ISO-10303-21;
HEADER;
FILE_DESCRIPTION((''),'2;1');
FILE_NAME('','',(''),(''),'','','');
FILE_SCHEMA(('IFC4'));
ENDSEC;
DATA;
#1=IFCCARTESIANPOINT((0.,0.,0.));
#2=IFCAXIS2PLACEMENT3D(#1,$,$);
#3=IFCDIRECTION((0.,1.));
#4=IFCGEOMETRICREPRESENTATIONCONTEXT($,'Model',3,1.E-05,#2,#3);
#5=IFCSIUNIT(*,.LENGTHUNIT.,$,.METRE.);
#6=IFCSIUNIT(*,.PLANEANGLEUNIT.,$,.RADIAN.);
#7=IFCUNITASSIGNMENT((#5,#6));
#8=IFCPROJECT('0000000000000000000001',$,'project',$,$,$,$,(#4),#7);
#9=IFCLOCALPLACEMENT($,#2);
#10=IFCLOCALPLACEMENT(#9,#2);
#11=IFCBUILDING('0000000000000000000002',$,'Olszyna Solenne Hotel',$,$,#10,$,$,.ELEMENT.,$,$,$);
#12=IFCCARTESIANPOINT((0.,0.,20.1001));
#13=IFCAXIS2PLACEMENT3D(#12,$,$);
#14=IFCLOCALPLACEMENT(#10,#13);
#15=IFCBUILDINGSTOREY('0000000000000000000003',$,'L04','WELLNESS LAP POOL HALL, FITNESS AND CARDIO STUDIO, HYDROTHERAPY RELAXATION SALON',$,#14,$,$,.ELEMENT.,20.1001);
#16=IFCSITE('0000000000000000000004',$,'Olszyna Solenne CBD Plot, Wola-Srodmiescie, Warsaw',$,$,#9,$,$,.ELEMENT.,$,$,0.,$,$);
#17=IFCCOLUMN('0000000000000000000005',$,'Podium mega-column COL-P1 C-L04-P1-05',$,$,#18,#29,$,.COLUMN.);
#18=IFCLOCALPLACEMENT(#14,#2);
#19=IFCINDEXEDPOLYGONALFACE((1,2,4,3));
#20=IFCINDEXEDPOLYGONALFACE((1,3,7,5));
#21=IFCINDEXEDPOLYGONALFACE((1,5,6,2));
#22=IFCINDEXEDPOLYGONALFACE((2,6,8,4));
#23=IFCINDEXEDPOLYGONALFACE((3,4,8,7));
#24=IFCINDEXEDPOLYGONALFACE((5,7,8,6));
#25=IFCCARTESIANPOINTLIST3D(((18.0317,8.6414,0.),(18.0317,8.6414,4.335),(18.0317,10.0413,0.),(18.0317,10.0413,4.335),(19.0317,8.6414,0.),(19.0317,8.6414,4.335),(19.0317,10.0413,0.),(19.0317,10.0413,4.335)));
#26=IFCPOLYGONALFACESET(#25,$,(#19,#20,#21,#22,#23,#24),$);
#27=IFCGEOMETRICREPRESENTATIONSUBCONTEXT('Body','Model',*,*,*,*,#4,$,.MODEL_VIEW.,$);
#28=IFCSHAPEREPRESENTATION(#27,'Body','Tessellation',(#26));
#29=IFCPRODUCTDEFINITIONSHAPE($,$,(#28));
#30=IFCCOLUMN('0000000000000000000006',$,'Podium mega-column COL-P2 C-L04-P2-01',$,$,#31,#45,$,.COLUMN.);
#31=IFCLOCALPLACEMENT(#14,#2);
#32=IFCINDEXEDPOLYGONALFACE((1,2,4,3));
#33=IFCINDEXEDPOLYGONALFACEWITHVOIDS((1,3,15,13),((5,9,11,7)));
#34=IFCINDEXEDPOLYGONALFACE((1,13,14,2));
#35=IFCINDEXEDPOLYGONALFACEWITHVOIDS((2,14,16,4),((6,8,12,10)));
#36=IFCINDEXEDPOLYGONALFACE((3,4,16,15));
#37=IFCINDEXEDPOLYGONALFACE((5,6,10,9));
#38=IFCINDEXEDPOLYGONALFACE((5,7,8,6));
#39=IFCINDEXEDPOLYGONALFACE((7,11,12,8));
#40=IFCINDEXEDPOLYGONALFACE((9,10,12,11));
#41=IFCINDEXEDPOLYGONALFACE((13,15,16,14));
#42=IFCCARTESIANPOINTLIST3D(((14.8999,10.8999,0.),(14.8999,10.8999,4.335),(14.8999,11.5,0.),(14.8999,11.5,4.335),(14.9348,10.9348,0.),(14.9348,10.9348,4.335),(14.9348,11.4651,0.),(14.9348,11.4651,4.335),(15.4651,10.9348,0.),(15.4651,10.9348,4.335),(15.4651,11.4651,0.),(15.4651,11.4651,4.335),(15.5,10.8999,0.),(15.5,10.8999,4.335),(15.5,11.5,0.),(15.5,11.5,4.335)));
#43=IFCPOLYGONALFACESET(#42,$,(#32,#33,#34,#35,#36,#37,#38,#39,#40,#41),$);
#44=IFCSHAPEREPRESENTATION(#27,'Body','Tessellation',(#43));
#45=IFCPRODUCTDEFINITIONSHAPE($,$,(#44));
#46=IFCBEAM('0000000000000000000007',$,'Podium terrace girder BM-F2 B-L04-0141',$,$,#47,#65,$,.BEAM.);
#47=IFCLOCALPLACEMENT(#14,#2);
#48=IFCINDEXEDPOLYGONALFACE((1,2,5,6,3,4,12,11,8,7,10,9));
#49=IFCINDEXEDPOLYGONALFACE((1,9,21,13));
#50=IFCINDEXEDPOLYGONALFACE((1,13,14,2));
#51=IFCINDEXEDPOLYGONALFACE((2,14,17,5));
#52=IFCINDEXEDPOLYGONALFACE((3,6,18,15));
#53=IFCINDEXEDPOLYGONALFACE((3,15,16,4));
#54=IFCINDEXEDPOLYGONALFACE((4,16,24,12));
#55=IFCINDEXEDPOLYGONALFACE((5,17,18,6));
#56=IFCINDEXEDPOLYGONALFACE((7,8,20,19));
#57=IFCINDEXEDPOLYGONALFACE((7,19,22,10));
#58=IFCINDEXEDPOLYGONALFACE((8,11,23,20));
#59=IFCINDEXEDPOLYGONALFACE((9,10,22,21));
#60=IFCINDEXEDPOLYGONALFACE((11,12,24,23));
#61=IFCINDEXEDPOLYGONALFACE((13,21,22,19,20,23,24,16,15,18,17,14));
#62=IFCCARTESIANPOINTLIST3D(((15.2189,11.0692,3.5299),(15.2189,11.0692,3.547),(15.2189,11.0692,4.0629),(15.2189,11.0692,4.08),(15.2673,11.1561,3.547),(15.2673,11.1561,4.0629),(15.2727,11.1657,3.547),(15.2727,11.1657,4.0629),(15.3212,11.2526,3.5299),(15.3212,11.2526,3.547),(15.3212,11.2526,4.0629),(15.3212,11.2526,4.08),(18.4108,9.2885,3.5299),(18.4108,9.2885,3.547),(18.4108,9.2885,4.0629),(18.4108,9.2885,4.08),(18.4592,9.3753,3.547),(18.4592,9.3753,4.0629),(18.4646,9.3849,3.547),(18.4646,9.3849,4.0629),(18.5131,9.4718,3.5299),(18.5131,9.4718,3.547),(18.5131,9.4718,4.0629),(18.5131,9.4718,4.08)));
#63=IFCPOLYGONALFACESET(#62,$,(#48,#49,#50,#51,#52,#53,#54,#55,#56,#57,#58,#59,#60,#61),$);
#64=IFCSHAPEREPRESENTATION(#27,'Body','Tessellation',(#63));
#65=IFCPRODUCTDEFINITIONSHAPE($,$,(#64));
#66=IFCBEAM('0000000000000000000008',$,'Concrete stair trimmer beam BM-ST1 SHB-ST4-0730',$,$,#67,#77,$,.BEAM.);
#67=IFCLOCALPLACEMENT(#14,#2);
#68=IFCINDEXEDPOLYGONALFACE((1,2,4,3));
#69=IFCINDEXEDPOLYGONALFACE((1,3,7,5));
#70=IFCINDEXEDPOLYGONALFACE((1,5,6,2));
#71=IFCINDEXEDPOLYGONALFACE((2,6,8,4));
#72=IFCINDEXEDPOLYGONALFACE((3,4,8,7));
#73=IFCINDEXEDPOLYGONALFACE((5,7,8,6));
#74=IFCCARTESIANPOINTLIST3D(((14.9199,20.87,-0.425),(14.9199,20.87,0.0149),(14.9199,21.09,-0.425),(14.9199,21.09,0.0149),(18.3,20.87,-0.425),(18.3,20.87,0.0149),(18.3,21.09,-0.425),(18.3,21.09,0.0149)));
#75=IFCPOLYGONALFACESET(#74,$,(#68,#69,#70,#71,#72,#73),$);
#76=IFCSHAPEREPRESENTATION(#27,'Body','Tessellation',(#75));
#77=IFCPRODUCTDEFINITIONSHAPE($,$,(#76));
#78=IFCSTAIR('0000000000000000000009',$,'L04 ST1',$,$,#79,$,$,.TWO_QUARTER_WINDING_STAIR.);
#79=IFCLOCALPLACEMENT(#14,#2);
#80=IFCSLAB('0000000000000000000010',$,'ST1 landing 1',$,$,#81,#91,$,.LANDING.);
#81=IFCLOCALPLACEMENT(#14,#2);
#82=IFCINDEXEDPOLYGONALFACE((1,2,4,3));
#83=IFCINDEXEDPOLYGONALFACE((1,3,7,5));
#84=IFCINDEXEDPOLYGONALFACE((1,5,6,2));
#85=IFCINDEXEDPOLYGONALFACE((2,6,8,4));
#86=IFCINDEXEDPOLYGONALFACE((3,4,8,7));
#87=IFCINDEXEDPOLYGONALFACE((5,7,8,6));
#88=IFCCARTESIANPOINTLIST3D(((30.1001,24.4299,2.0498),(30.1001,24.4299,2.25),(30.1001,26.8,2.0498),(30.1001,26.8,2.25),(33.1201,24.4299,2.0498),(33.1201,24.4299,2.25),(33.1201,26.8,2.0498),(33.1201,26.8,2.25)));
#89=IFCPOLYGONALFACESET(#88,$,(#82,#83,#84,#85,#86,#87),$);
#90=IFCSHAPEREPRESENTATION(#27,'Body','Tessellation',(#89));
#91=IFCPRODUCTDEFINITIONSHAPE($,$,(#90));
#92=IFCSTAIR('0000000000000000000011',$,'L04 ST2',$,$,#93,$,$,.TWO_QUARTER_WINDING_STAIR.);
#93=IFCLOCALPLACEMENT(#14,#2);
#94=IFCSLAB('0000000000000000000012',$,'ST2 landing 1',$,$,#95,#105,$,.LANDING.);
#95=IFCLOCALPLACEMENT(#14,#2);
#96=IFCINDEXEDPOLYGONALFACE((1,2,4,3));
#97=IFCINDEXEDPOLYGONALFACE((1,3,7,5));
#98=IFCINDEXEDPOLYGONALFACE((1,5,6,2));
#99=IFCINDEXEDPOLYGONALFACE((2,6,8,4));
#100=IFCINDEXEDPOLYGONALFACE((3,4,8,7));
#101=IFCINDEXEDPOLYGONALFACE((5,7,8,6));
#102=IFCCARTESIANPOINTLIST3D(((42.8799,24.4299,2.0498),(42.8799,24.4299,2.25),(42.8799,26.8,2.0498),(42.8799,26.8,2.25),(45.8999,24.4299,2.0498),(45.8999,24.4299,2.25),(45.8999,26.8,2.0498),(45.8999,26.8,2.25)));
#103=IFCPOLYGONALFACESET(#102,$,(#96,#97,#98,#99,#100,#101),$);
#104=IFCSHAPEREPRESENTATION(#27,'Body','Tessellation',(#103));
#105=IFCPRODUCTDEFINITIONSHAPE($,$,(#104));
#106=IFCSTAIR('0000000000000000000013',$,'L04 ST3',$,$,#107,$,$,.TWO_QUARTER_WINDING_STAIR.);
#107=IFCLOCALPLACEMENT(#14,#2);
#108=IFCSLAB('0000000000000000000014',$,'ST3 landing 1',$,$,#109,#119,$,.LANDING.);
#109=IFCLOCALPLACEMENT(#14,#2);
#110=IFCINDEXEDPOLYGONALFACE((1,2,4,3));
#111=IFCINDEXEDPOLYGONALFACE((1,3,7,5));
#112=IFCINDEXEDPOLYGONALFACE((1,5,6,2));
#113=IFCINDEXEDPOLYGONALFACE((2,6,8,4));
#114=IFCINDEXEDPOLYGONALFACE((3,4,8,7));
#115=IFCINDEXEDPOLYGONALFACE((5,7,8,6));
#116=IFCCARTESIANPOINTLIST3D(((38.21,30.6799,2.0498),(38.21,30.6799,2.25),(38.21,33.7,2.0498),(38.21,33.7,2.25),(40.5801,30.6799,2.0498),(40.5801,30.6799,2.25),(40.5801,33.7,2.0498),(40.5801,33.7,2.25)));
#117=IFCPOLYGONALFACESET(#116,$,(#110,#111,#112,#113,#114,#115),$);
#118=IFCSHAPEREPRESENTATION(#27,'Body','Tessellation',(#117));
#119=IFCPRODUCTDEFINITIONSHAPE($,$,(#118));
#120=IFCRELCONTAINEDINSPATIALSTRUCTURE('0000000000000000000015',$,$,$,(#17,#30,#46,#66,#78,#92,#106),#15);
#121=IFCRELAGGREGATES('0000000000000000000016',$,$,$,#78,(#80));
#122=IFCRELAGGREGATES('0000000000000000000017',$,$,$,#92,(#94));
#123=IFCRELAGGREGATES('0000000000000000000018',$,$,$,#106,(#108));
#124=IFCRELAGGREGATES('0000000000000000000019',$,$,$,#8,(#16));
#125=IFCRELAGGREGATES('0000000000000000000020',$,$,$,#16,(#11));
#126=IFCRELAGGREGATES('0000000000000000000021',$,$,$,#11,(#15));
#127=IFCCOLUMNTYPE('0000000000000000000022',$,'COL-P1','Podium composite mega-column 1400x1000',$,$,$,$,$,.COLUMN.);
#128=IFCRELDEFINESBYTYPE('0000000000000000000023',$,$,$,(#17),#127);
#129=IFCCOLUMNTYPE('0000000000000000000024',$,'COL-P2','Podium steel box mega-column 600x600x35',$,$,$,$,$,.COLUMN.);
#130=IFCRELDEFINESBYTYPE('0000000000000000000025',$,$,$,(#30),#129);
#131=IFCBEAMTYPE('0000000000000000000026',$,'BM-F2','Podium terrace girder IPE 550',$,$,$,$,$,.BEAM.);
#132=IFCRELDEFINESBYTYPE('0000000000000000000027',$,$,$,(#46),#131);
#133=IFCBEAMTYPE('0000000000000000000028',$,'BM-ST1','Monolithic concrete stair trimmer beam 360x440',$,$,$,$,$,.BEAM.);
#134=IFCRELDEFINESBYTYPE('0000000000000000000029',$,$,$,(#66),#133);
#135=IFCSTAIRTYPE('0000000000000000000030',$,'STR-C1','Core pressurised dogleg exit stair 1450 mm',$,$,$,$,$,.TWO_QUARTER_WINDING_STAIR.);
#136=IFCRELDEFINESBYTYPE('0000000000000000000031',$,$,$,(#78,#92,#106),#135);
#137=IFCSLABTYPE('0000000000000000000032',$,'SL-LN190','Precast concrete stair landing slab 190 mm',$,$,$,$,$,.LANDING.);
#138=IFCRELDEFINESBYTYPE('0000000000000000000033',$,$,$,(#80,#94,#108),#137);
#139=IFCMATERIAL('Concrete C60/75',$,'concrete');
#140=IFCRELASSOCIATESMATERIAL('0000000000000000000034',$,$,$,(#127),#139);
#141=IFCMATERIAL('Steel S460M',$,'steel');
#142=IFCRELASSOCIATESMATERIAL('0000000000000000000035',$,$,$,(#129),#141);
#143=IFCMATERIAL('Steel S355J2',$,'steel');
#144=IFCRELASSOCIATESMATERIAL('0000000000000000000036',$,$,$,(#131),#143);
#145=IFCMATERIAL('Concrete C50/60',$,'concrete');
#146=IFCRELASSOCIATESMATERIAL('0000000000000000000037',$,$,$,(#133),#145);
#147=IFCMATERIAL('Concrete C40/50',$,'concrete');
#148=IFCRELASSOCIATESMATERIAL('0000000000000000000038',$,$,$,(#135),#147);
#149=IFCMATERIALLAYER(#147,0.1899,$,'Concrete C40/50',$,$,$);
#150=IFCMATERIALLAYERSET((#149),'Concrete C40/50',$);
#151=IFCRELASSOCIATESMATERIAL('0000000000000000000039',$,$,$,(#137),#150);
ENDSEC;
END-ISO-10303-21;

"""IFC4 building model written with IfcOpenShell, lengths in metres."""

from ifc_helpers import new_model, si_unit, direction, frame, origin, origin_2d, place, context, subcontext, project, spatial, polyline, rectangle, hollow_rectangle, i_section, outline, extrude, source, transform, mapped, material, layer, layer_set, material_profile, profile_set, type_object, element, aggregate, save


model = new_model("IFC4")

# Units and contexts
model_context = context("Model", 3, precision=1e-05, world=origin(), true_north=direction((0.0, 1.0)))
body_context = subcontext(model_context, "Body", "Model", "MODEL_VIEW")
ifc_project = project(units=[si_unit("LENGTHUNIT", "METRE"), si_unit("PLANEANGLEUNIT", "RADIAN")], contexts=[model_context])

# Site, building, storey
site_placement = place(None, origin())
site = spatial("IfcSite", under=ifc_project, at=site_placement, Name="Olszyna Solenne CBD Plot, Wola-Srodmiescie, Warsaw", CompositionType="ELEMENT", RefElevation=0.0)
building_placement = place(site_placement, origin())
building = spatial("IfcBuilding", under=site, at=building_placement, Name="Olszyna Solenne Hotel", CompositionType="ELEMENT")
storey_placement = place(building_placement, frame((0.0, 0.0, 20.1001)))
storey = spatial("IfcBuildingStorey", under=building, at=storey_placement, Name="L04", Description="WELLNESS LAP POOL HALL, FITNESS AND CARDIO STUDIO, HYDROTHERAPY RELAXATION SALON", CompositionType="ELEMENT", Elevation=20.1001)

# Columns
ifc_material_1 = material(Name="Concrete C60/75", Category="concrete")
ifc_material_profile_1 = material_profile(ifc_material_1, rectangle(XDim=1.0, YDim=1.3999, at=origin_2d()), Name="RC 1400x1000", Category="load-bearing")
ifc_profile_set_1 = profile_set([ifc_material_profile_1], Name="Concrete C60/75")
column_type_1 = type_object("IfcColumnType", Name="COL-P1", Description="Podium composite mega-column 1400x1000", PredefinedType="COLUMN", material=ifc_profile_set_1)
shared_shape_1 = source(origin(), body_context, "Body", "SweptSolid", [
    extrude(rectangle(XDim=1.0, YDim=1.3999, at=origin_2d()), origin(), (0.0, 0.0, 1.0), 4.335),
])
column_1_placement = place(storey_placement, frame((18.5317, 9.3413, 0.0), z_axis=(0.0, 0.0, 1.0), x_axis=(1.0, 0.0, 0.0)))
element("IfcColumn", 1, at=column_1_placement, inside=storey, type_object=column_type_1, Name="Podium mega-column COL-P1 C-L04-P1-05", PredefinedType="COLUMN", context=body_context, shape_type="MappedRepresentation", body=[
    mapped(shared_shape_1, transform((0.0, 0.0, 0.0), x_axis=(1.0, 0.0, 0.0), y_axis=(0.0, 1.0, 0.0), z_axis=(0.0, 0.0, 1.0), scale=1.0)),
])
ifc_material_2 = material(Name="Steel S460M", Category="steel")
ifc_material_profile_2 = material_profile(ifc_material_2, hollow_rectangle(XDim=0.6001, YDim=0.6001, WallThickness=0.0349, at=origin_2d()), Name="SHS 600x600x35", Category="load-bearing")
ifc_profile_set_2 = profile_set([ifc_material_profile_2], Name="Steel S460M")
column_type_2 = type_object("IfcColumnType", Name="COL-P2", Description="Podium steel box mega-column 600x600x35", PredefinedType="COLUMN", material=ifc_profile_set_2)
shared_shape_2 = source(origin(), body_context, "Body", "SweptSolid", [
    extrude(hollow_rectangle(XDim=0.6001, YDim=0.6001, WallThickness=0.0349, at=origin_2d()), origin(), (0.0, 0.0, 1.0), 4.335),
])
column_2_placement = place(storey_placement, frame((15.2, 11.2, 0.0), z_axis=(0.0, 0.0, 1.0), x_axis=(1.0, 0.0, 0.0)))
element("IfcColumn", 2, at=column_2_placement, inside=storey, type_object=column_type_2, Name="Podium mega-column COL-P2 C-L04-P2-01", PredefinedType="COLUMN", context=body_context, shape_type="MappedRepresentation", body=[
    mapped(shared_shape_2, transform((0.0, 0.0, 0.0), x_axis=(1.0, 0.0, 0.0), y_axis=(0.0, 1.0, 0.0), z_axis=(0.0, 0.0, 1.0), scale=1.0)),
])

# Beams
ifc_material_3 = material(Name="Steel S355J2", Category="steel")
ifc_material_profile_3 = material_profile(ifc_material_3, i_section(OverallWidth=0.21, OverallDepth=0.55, WebThickness=0.011, FlangeThickness=0.0171, at=origin_2d()), Name="IPE 550", Category="load-bearing")
ifc_profile_set_3 = profile_set([ifc_material_profile_3], Name="Steel S355J2")
beam_type_1 = type_object("IfcBeamType", Name="BM-F2", Description="Podium terrace girder IPE 550", PredefinedType="BEAM", material=ifc_profile_set_3)
shared_shape_3 = source(origin(), body_context, "Body", "SweptSolid", [
    extrude(i_section(OverallWidth=0.21, OverallDepth=0.55, WebThickness=0.011, FlangeThickness=0.0171, at=origin_2d()), origin(), (0.0, 0.0, 1.0), 3.655),
])
beam_1_placement = place(storey_placement, frame((15.27, 11.1609, 3.8049), z_axis=(0.873286, -0.487207, 0.0), x_axis=(0.487207, 0.873286, 0.0)))
element("IfcBeam", 3, at=beam_1_placement, inside=storey, type_object=beam_type_1, Name="Podium terrace girder BM-F2 B-L04-0141", PredefinedType="BEAM", context=body_context, shape_type="MappedRepresentation", body=[
    mapped(shared_shape_3, transform((0.0, 0.0, 0.0), x_axis=(1.0, 0.0, 0.0), y_axis=(0.0, 1.0, 0.0), z_axis=(0.0, 0.0, 1.0), scale=1.0)),
])
ifc_material_4 = material(Name="Concrete C50/60", Category="concrete")
ifc_material_profile_4 = material_profile(ifc_material_4, rectangle(XDim=0.22, YDim=0.4399, at=origin_2d()), Name="RC 220x440", Category="load-bearing")
ifc_profile_set_4 = profile_set([ifc_material_profile_4], Name="Concrete C50/60")
beam_type_2 = type_object("IfcBeamType", Name="BM-ST1", Description="Monolithic concrete stair trimmer beam 360x440", PredefinedType="BEAM", material=ifc_profile_set_4)
shared_shape_4 = source(origin(), body_context, "Body", "SweptSolid", [
    extrude(rectangle(XDim=0.22, YDim=0.4399, at=origin_2d()), origin(), (0.0, 0.0, 1.0), 3.3801),
])
beam_2_placement = place(storey_placement, frame((18.3, 20.98, -0.2051), z_axis=(-1.0, 0.0, 0.0), x_axis=(0.0, -1.0, 0.0)))
element("IfcBeam", 4, at=beam_2_placement, inside=storey, type_object=beam_type_2, Name="Concrete stair trimmer beam BM-ST1 SHB-ST4-0730", PredefinedType="BEAM", context=body_context, shape_type="MappedRepresentation", body=[
    mapped(shared_shape_4, transform((0.0, 0.0, 0.0), x_axis=(1.0, 0.0, 0.0), y_axis=(0.0, 1.0, 0.0), z_axis=(0.0, 0.0, 1.0), scale=1.0)),
])

# Stairs, slabs
ifc_material_5 = material(Name="Concrete C40/50", Category="concrete")
stair_type = type_object("IfcStairType", Name="STR-C1", Description="Core pressurised dogleg exit stair 1450 mm", PredefinedType="TWO_QUARTER_WINDING_STAIR", material=ifc_material_5)
stair_1_placement = place(storey_placement, origin())
stair_1 = element("IfcStair", 5, at=stair_1_placement, inside=storey, type_object=stair_type, Name="L04 ST1", PredefinedType="TWO_QUARTER_WINDING_STAIR")
ifc_layer_1 = layer(ifc_material_5, 0.1899, Name="Concrete C40/50")
ifc_layer_set_1 = layer_set([ifc_layer_1], Name="Concrete C40/50")
slab_type_1 = type_object("IfcSlabType", Name="SL-LN190", Description="Precast concrete stair landing slab 190 mm", PredefinedType="LANDING", material=ifc_layer_set_1)
slab_1_placement = place(storey_placement, frame((0.0, 0.0, 2.0498)))
slab_1 = element("IfcSlab", 6, at=slab_1_placement, type_object=slab_type_1, Name="ST1 landing 1", PredefinedType="LANDING", context=body_context, shape_type="SweptSolid", body=[
    extrude(outline(polyline([(33.1201, 24.4299), (33.1201, 26.8), (30.1001, 26.8), (30.1001, 24.4299), (33.1201, 24.4299)])), origin(), (0.0, 0.0, 1.0), 0.2002),
])
aggregate(stair_1, [slab_1])
stair_2_placement = place(storey_placement, origin())
stair_2 = element("IfcStair", 7, at=stair_2_placement, inside=storey, type_object=stair_type, Name="L04 ST2", PredefinedType="TWO_QUARTER_WINDING_STAIR")
slab_2_placement = place(storey_placement, frame((0.0, 0.0, 2.0498)))
slab_2 = element("IfcSlab", 8, at=slab_2_placement, type_object=slab_type_1, Name="ST2 landing 1", PredefinedType="LANDING", context=body_context, shape_type="SweptSolid", body=[
    extrude(outline(polyline([(45.8999, 24.4299), (45.8999, 26.8), (42.8799, 26.8), (42.8799, 24.4299), (45.8999, 24.4299)])), origin(), (0.0, 0.0, 1.0), 0.2002),
])
aggregate(stair_2, [slab_2])
stair_3_placement = place(storey_placement, origin())
stair_3 = element("IfcStair", 9, at=stair_3_placement, inside=storey, type_object=stair_type, Name="L04 ST3", PredefinedType="TWO_QUARTER_WINDING_STAIR")
slab_3_placement = place(storey_placement, frame((0.0, 0.0, 2.0498)))
slab_3 = element("IfcSlab", 10, at=slab_3_placement, type_object=slab_type_1, Name="ST3 landing 1", PredefinedType="LANDING", context=body_context, shape_type="SweptSolid", body=[
    extrude(outline(polyline([(38.21, 30.6799), (40.5801, 30.6799), (40.5801, 33.7), (38.21, 33.7), (38.21, 30.6799)])), origin(), (0.0, 0.0, 1.0), 0.2002),
])
aggregate(stair_3, [slab_3])

save(model, "model.ifc")
